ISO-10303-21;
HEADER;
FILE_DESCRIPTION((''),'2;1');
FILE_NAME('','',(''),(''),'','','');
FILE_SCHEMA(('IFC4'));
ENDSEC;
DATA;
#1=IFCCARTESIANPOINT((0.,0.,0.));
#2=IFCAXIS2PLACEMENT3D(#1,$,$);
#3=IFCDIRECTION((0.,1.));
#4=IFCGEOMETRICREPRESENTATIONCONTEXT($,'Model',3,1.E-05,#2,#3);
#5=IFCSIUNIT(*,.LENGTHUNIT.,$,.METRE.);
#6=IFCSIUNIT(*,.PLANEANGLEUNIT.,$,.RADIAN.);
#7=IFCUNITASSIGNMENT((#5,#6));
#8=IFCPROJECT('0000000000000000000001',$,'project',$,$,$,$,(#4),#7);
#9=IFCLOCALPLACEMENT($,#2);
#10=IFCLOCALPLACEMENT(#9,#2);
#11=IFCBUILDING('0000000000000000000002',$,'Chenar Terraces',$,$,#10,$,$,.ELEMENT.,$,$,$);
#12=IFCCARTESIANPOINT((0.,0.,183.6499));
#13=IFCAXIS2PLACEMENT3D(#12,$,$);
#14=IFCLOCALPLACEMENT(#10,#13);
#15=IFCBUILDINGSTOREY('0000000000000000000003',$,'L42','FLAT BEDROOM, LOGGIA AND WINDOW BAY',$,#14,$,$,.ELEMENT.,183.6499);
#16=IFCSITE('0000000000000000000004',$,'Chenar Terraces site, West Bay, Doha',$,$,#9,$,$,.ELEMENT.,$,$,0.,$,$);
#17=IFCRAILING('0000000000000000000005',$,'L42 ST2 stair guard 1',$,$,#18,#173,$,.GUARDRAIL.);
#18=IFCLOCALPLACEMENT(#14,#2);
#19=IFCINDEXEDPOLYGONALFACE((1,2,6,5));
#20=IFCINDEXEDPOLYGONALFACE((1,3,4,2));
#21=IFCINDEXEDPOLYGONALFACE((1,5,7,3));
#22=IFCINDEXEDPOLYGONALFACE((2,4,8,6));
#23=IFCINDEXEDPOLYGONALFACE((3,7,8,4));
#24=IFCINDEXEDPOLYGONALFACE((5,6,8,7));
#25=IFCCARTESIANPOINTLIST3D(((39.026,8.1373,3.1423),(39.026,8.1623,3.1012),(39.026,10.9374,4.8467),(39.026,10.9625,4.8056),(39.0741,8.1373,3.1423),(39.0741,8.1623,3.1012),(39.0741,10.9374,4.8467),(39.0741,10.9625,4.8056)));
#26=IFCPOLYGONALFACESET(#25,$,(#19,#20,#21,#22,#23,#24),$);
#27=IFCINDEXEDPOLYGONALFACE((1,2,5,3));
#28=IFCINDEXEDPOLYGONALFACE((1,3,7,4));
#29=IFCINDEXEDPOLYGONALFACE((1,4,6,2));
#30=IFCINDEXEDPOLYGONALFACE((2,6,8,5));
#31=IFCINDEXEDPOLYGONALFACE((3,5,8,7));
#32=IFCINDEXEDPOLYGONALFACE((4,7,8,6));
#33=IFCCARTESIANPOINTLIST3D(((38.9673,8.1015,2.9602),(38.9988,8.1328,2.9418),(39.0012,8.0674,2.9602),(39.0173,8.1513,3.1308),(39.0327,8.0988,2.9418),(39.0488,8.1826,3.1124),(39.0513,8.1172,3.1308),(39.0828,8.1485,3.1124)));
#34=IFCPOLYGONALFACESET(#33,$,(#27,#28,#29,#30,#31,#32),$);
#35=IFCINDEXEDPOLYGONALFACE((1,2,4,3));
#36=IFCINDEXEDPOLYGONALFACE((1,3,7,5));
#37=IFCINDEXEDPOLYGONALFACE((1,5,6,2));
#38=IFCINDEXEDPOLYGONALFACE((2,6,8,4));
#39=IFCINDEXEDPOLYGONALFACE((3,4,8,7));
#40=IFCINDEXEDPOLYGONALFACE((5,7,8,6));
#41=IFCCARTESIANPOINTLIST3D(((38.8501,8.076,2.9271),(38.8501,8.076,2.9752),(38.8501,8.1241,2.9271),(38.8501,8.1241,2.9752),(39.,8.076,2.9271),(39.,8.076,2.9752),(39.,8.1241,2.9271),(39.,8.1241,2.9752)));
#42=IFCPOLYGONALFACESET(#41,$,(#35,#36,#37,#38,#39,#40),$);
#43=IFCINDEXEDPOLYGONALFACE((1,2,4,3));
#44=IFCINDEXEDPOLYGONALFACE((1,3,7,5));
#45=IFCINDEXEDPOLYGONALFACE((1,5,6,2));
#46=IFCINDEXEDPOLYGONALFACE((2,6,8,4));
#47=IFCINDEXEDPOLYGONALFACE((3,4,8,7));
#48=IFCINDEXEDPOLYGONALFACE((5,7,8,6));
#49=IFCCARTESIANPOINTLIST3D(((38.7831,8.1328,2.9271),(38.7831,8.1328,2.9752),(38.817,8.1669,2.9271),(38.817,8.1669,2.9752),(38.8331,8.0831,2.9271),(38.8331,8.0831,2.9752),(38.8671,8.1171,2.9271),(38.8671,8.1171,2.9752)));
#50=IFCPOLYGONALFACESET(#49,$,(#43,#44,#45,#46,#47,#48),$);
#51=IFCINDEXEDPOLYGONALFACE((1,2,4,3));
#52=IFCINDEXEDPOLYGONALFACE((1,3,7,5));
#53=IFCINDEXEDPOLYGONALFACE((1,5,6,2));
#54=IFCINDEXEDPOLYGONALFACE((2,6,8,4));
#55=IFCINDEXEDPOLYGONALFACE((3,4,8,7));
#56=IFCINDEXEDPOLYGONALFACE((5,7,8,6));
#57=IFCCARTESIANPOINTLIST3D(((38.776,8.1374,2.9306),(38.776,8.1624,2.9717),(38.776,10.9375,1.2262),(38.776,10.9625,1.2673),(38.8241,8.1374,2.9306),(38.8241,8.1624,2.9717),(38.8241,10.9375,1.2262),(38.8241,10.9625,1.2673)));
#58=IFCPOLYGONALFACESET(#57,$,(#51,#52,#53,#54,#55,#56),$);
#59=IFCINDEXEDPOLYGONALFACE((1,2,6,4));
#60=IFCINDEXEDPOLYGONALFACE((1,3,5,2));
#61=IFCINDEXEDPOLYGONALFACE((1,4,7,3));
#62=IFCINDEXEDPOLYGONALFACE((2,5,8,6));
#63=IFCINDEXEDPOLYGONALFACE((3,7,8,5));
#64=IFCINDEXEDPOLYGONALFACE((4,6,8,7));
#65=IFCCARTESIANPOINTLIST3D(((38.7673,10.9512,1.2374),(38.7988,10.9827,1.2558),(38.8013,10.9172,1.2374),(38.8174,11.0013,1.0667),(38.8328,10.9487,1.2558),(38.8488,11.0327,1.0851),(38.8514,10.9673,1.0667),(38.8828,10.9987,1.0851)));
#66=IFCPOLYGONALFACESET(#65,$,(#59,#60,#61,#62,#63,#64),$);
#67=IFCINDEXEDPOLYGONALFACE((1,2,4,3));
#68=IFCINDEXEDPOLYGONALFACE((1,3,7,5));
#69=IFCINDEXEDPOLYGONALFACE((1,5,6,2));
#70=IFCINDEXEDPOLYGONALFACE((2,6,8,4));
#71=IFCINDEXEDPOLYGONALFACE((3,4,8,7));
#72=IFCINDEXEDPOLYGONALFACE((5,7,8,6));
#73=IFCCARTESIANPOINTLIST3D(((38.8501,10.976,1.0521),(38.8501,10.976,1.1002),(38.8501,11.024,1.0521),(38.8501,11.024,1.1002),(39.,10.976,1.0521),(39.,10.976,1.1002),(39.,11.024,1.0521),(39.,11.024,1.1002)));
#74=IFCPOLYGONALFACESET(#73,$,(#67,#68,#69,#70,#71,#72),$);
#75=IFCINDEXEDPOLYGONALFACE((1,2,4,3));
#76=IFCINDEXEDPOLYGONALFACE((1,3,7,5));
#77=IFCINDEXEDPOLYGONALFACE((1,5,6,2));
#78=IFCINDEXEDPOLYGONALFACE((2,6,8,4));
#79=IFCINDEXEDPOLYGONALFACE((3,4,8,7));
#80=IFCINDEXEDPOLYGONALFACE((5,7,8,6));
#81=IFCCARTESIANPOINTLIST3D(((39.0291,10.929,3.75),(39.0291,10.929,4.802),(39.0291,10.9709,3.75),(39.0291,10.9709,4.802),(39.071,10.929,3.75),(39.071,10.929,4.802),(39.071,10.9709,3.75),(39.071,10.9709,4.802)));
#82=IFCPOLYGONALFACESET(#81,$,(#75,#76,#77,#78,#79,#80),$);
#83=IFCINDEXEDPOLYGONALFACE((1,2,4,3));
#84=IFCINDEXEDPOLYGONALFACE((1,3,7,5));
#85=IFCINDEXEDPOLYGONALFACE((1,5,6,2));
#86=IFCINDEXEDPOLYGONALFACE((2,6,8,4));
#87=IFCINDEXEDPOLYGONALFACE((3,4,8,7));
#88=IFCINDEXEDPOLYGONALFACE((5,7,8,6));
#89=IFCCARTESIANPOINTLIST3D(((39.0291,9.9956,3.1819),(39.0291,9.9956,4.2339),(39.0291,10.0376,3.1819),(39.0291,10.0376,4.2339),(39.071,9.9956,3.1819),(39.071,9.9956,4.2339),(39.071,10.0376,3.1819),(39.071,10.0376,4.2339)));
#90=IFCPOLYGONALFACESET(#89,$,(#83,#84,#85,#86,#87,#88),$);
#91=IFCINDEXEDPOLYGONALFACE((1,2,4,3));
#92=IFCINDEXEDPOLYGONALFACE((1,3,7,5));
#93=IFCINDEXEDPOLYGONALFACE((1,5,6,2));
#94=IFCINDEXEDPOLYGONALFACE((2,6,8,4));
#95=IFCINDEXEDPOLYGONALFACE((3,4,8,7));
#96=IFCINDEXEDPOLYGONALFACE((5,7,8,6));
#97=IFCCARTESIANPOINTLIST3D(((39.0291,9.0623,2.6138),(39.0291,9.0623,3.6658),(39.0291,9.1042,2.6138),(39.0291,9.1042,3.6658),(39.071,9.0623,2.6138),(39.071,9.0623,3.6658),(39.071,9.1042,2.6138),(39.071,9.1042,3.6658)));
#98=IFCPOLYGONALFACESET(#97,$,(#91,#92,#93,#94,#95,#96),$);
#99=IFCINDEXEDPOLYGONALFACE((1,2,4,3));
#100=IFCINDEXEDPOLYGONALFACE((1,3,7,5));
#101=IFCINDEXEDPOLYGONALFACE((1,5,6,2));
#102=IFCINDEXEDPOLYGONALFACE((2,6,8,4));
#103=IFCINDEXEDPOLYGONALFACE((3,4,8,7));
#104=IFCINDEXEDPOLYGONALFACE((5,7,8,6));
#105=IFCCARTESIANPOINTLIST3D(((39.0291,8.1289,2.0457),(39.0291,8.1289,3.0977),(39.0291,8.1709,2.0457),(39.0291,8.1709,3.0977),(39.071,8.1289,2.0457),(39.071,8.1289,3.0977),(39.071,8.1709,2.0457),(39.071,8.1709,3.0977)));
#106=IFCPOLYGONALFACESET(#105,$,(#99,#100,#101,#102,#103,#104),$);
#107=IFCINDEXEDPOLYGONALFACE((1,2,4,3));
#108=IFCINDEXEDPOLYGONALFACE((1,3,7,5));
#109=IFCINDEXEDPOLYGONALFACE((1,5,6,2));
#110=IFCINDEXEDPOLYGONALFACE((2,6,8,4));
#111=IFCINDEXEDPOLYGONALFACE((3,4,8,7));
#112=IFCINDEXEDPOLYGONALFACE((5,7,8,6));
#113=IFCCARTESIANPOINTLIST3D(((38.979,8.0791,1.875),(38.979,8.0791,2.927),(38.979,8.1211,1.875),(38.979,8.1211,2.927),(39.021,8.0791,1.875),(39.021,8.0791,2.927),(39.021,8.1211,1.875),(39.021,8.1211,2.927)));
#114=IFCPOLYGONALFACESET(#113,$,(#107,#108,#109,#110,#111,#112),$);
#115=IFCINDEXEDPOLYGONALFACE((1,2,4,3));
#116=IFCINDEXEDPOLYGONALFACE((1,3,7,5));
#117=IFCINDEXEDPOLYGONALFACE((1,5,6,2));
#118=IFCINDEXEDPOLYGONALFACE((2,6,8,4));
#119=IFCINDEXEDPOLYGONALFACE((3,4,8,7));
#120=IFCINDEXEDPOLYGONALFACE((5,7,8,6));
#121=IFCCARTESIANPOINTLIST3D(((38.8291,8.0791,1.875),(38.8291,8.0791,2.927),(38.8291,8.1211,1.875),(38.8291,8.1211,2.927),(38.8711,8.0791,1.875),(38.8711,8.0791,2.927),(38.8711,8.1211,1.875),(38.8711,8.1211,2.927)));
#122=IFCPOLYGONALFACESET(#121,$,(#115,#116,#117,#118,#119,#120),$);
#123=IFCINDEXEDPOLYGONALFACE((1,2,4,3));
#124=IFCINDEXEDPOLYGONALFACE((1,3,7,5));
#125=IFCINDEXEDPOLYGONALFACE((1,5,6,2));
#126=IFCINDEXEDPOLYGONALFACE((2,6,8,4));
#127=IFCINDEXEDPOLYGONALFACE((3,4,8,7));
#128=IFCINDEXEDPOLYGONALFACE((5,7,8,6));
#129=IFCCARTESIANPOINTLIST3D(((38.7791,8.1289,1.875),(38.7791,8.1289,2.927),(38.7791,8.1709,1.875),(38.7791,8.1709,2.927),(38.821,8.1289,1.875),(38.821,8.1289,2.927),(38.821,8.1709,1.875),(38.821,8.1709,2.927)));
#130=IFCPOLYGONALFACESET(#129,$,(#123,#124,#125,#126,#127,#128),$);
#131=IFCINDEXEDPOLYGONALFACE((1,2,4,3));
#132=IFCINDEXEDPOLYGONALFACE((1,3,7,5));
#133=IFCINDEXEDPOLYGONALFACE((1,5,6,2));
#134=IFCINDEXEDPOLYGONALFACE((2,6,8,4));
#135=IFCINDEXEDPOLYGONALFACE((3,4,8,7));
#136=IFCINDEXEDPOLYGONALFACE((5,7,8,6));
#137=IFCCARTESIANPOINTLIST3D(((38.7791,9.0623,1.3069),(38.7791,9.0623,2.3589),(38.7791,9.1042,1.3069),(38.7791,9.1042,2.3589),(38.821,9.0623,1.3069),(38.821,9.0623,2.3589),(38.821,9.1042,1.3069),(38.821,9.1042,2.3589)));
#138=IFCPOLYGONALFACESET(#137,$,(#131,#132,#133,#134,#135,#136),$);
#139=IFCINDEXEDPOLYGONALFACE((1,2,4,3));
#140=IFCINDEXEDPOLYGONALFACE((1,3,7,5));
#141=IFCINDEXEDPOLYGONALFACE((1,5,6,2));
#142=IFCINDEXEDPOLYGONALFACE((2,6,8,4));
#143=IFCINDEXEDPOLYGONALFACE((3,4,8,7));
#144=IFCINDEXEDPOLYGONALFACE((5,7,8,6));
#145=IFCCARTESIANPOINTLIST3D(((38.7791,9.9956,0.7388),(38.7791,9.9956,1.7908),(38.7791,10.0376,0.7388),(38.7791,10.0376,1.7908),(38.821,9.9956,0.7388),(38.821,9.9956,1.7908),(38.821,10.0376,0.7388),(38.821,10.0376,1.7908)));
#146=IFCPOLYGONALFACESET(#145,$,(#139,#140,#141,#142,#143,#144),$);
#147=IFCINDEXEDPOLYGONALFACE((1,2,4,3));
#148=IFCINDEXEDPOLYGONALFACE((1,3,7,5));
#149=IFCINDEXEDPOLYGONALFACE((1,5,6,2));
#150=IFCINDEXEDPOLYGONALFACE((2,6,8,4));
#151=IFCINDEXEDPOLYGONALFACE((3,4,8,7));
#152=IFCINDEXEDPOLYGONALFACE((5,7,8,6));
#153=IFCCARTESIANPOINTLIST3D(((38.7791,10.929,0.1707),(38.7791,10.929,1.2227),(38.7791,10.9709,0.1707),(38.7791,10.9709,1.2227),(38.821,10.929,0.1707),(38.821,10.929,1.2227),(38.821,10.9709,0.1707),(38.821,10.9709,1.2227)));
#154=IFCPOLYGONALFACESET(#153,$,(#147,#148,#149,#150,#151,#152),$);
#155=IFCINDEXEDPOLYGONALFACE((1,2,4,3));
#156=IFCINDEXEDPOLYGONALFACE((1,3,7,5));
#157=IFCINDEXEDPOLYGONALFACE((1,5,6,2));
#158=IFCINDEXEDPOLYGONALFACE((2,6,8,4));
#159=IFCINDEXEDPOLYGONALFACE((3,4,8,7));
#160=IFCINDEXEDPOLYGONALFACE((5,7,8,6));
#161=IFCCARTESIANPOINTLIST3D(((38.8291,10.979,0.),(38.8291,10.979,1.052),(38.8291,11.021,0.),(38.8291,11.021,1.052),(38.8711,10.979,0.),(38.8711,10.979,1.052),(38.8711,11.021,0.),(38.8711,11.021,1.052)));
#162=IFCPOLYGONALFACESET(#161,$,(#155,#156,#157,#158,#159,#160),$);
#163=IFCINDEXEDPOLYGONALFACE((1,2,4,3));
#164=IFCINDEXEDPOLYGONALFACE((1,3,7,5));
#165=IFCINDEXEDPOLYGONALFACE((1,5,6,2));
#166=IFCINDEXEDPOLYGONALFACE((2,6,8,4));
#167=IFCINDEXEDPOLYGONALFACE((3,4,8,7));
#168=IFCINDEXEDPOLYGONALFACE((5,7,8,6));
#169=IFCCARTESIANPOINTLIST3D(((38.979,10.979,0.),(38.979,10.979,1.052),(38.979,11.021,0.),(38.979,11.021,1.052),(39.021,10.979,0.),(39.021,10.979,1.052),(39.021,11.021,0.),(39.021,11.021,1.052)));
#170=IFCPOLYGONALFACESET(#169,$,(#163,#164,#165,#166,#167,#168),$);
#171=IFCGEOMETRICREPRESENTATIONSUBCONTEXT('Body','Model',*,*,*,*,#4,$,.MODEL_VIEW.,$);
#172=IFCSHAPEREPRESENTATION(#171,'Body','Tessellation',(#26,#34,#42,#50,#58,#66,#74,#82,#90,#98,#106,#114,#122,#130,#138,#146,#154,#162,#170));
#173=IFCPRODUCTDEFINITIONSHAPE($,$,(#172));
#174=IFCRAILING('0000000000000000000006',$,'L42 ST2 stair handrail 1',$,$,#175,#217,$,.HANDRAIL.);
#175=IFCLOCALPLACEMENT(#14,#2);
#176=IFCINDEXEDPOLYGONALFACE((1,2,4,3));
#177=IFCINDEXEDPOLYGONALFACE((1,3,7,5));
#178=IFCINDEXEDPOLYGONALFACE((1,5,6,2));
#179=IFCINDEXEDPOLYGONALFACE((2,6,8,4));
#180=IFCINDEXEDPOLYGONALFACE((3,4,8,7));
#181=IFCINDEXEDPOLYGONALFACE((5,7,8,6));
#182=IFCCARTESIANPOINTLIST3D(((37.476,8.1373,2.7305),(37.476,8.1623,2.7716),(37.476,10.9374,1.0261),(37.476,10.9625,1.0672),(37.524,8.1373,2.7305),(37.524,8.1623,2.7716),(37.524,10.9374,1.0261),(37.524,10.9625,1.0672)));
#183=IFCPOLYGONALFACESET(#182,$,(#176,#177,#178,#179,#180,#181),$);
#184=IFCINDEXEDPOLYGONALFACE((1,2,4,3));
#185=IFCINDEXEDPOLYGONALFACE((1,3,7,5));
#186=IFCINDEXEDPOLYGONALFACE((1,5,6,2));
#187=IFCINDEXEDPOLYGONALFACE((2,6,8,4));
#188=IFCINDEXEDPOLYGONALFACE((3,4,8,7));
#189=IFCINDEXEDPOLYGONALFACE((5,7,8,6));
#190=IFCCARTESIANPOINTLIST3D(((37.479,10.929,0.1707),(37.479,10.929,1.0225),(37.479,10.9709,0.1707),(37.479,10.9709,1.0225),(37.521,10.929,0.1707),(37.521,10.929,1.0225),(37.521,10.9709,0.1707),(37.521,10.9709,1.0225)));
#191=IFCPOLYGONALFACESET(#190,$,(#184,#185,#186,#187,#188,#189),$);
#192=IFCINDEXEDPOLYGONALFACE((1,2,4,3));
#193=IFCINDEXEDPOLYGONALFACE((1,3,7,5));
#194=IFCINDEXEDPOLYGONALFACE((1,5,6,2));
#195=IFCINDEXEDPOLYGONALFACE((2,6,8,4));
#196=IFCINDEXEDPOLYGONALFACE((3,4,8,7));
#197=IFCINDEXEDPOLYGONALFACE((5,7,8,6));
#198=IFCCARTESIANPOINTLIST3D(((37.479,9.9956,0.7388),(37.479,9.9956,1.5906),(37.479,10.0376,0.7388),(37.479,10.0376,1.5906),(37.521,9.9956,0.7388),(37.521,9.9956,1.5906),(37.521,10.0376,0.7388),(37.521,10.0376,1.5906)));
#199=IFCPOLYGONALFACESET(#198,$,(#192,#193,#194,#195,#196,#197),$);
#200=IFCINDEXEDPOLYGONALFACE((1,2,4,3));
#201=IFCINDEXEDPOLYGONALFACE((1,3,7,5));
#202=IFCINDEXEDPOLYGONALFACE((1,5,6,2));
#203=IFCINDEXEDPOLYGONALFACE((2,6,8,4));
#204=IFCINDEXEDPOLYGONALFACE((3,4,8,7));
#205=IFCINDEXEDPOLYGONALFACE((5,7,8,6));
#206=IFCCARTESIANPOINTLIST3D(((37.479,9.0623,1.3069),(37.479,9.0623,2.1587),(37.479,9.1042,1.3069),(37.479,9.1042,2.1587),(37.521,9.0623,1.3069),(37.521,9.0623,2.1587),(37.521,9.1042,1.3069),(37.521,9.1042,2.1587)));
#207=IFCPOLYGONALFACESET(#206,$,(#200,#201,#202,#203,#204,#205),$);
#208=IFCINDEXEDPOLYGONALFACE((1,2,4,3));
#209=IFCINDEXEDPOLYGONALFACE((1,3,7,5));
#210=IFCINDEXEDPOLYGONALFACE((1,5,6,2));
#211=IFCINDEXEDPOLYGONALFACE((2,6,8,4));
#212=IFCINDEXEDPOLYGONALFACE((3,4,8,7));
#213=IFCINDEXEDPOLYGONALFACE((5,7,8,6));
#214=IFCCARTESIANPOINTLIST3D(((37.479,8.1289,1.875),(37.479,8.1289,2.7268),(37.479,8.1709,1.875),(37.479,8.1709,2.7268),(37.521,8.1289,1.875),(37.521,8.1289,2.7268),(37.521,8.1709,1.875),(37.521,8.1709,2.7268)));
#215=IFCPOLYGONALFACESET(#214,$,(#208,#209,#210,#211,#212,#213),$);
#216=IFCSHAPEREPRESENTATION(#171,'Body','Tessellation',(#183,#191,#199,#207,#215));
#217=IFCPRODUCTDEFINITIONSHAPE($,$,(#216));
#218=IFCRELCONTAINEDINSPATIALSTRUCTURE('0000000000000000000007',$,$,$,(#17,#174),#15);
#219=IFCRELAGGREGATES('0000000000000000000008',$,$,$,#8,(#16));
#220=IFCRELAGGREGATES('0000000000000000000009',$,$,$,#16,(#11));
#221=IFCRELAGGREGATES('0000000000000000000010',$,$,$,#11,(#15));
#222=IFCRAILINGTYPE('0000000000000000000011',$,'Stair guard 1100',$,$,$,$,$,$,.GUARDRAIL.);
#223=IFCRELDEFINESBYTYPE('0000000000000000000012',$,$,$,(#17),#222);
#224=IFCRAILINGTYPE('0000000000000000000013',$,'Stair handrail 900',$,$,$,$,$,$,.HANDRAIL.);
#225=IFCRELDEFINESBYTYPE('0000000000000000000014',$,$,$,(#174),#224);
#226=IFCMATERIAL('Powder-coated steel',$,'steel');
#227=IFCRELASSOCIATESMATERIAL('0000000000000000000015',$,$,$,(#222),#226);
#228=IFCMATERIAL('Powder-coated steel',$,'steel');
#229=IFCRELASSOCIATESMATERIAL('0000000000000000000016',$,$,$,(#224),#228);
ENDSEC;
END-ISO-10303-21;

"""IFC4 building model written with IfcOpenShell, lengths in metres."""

from ifc_helpers import new_model, si_unit, direction, frame, origin, origin_2d, place, context, subcontext, project, spatial, rectangle, extrude, material, type_object, element, save


model = new_model("IFC4")

# Units and contexts
model_context = context("Model", 3, precision=1e-05, world=origin(), true_north=direction((0.0, 1.0)))
body_context = subcontext(model_context, "Body", "Model", "MODEL_VIEW")
ifc_project = project(units=[si_unit("LENGTHUNIT", "METRE"), si_unit("PLANEANGLEUNIT", "RADIAN")], contexts=[model_context])

# Site, building, storey
site_placement = place(None, origin())
site = spatial("IfcSite", under=ifc_project, at=site_placement, Name="Chenar Terraces site, West Bay, Doha", CompositionType="ELEMENT", RefElevation=0.0)
building_placement = place(site_placement, origin())
building = spatial("IfcBuilding", under=site, at=building_placement, Name="Chenar Terraces", CompositionType="ELEMENT")
storey_placement = place(building_placement, frame((0.0, 0.0, 183.6499)))
storey = spatial("IfcBuildingStorey", under=building, at=storey_placement, Name="L42", Description="FLAT BEDROOM, LOGGIA AND WINDOW BAY", CompositionType="ELEMENT", Elevation=183.6499)

# Railings
ifc_material_1 = material(Name="Powder-coated steel", Category="steel")
railing_type_1 = type_object("IfcRailingType", Name="Stair guard 1100", PredefinedType="GUARDRAIL", material=ifc_material_1)
railing_1_placement = place(storey_placement, frame((39.05, 10.95, 3.75)))
element("IfcRailing", 1, at=railing_1_placement, inside=storey, type_object=railing_type_1, Name="L42 ST2 stair guard 1", PredefinedType="GUARDRAIL", context=body_context, shape_type="SweptSolid", body=[
    extrude(rectangle(XDim=0.0481, YDim=0.0481, at=origin_2d()), frame((0.0, 0.0, 1.0762), z_axis=(0.0, -0.854203, -0.51994), x_axis=(1.0, 0.0, 0.0)), (0.0, 0.0, 1.0), 3.2781),
    extrude(rectangle(XDim=0.0481, YDim=0.0481, at=origin_2d()), frame((0.0, -2.8, -0.6284), z_axis=(-0.270997, -0.269675, -0.924033), x_axis=(0.705376, -0.708834, 0.0)), (0.0, 0.0, 1.0), 0.1846),
    extrude(rectangle(XDim=0.0481, YDim=0.0481, at=origin_2d()), frame((-0.05, -2.8499, -0.7988), z_axis=(-1.0, 0.0, 0.0), x_axis=(0.0, -1.0, 0.0)), (0.0, 0.0, 1.0), 0.1499),
    extrude(rectangle(XDim=0.0481, YDim=0.0481, at=origin_2d()), frame((-0.2, -2.8499, -0.7988), z_axis=(-0.708834, 0.705376, 0.0), x_axis=(-0.705376, -0.708834, 0.0)), (0.0, 0.0, 1.0), 0.0706),
    extrude(rectangle(XDim=0.0481, YDim=0.0481, at=origin_2d()), frame((-0.25, -2.8, -0.7988), z_axis=(0.0, 0.854203, -0.51994), x_axis=(-1.0, 0.0, 0.0)), (0.0, 0.0, 1.0), 3.2781),
    extrude(rectangle(XDim=0.0481, YDim=0.0481, at=origin_2d()), frame((-0.25, 0.0, -2.5034), z_axis=(0.2709, 0.2709, -0.923703), x_axis=(-0.707107, 0.707107, 0.0)), (0.0, 0.0, 1.0), 0.1848),
    extrude(rectangle(XDim=0.0481, YDim=0.0481, at=origin_2d()), frame((-0.2, 0.05, -2.6738), z_axis=(1.0, 0.0, 0.0), x_axis=(0.0, 1.0, 0.0)), (0.0, 0.0, 1.0), 0.1499),
    extrude(rectangle(XDim=0.042, YDim=0.042, at=origin_2d()), origin(), (0.0, 0.0, 1.0), 1.052),
    extrude(rectangle(XDim=0.042, YDim=0.042, at=origin_2d()), frame((0.0, -0.9333, -0.5681)), (0.0, 0.0, 1.0), 1.052),
    extrude(rectangle(XDim=0.042, YDim=0.042, at=origin_2d()), frame((0.0, -1.8667, -1.1362)), (0.0, 0.0, 1.0), 1.052),
    extrude(rectangle(XDim=0.042, YDim=0.042, at=origin_2d()), frame((0.0, -2.8, -1.7043)), (0.0, 0.0, 1.0), 1.052),
    extrude(rectangle(XDim=0.042, YDim=0.042, at=origin_2d()), frame((-0.05, -2.8499, -1.875)), (0.0, 0.0, 1.0), 1.052),
    extrude(rectangle(XDim=0.042, YDim=0.042, at=origin_2d()), frame((-0.2, -2.8499, -1.875)), (0.0, 0.0, 1.0), 1.052),
    extrude(rectangle(XDim=0.042, YDim=0.042, at=origin_2d()), frame((-0.25, -2.8, -1.875)), (0.0, 0.0, 1.0), 1.052),
    extrude(rectangle(XDim=0.042, YDim=0.042, at=origin_2d()), frame((-0.25, -1.8667, -2.4431)), (0.0, 0.0, 1.0), 1.052),
    extrude(rectangle(XDim=0.042, YDim=0.042, at=origin_2d()), frame((-0.25, -0.9333, -3.0112)), (0.0, 0.0, 1.0), 1.052),
    extrude(rectangle(XDim=0.042, YDim=0.042, at=origin_2d()), frame((-0.25, 0.0, -3.5793)), (0.0, 0.0, 1.0), 1.052),
    extrude(rectangle(XDim=0.042, YDim=0.042, at=origin_2d()), frame((-0.2, 0.05, -3.75)), (0.0, 0.0, 1.0), 1.052),
    extrude(rectangle(XDim=0.042, YDim=0.042, at=origin_2d()), frame((-0.05, 0.05, -3.75)), (0.0, 0.0, 1.0), 1.052),
])
ifc_material_2 = material(Name="Powder-coated steel", Category="steel")
railing_type_2 = type_object("IfcRailingType", Name="Stair handrail 900", PredefinedType="HANDRAIL", material=ifc_material_2)
railing_2_placement = place(storey_placement, frame((37.5, 10.95, 0.1707)))
element("IfcRailing", 2, at=railing_2_placement, inside=storey, type_object=railing_type_2, Name="L42 ST2 stair handrail 1", PredefinedType="HANDRAIL", context=body_context, shape_type="SweptSolid", body=[
    extrude(rectangle(XDim=0.0481, YDim=0.0481, at=origin_2d()), frame((0.0, 0.0, 0.876), z_axis=(0.0, -0.854203, 0.51994), x_axis=(1.0, 0.0, 0.0)), (0.0, 0.0, 1.0), 3.2781),
    extrude(rectangle(XDim=0.042, YDim=0.042, at=origin_2d()), origin(), (0.0, 0.0, 1.0), 0.8518),
    extrude(rectangle(XDim=0.042, YDim=0.042, at=origin_2d()), frame((0.0, -0.9333, 0.5681)), (0.0, 0.0, 1.0), 0.8518),
    extrude(rectangle(XDim=0.042, YDim=0.042, at=origin_2d()), frame((0.0, -1.8667, 1.1362)), (0.0, 0.0, 1.0), 0.8518),
    extrude(rectangle(XDim=0.042, YDim=0.042, at=origin_2d()), frame((0.0, -2.8, 1.7043)), (0.0, 0.0, 1.0), 0.8518),
])

save(model, "model.ifc")
